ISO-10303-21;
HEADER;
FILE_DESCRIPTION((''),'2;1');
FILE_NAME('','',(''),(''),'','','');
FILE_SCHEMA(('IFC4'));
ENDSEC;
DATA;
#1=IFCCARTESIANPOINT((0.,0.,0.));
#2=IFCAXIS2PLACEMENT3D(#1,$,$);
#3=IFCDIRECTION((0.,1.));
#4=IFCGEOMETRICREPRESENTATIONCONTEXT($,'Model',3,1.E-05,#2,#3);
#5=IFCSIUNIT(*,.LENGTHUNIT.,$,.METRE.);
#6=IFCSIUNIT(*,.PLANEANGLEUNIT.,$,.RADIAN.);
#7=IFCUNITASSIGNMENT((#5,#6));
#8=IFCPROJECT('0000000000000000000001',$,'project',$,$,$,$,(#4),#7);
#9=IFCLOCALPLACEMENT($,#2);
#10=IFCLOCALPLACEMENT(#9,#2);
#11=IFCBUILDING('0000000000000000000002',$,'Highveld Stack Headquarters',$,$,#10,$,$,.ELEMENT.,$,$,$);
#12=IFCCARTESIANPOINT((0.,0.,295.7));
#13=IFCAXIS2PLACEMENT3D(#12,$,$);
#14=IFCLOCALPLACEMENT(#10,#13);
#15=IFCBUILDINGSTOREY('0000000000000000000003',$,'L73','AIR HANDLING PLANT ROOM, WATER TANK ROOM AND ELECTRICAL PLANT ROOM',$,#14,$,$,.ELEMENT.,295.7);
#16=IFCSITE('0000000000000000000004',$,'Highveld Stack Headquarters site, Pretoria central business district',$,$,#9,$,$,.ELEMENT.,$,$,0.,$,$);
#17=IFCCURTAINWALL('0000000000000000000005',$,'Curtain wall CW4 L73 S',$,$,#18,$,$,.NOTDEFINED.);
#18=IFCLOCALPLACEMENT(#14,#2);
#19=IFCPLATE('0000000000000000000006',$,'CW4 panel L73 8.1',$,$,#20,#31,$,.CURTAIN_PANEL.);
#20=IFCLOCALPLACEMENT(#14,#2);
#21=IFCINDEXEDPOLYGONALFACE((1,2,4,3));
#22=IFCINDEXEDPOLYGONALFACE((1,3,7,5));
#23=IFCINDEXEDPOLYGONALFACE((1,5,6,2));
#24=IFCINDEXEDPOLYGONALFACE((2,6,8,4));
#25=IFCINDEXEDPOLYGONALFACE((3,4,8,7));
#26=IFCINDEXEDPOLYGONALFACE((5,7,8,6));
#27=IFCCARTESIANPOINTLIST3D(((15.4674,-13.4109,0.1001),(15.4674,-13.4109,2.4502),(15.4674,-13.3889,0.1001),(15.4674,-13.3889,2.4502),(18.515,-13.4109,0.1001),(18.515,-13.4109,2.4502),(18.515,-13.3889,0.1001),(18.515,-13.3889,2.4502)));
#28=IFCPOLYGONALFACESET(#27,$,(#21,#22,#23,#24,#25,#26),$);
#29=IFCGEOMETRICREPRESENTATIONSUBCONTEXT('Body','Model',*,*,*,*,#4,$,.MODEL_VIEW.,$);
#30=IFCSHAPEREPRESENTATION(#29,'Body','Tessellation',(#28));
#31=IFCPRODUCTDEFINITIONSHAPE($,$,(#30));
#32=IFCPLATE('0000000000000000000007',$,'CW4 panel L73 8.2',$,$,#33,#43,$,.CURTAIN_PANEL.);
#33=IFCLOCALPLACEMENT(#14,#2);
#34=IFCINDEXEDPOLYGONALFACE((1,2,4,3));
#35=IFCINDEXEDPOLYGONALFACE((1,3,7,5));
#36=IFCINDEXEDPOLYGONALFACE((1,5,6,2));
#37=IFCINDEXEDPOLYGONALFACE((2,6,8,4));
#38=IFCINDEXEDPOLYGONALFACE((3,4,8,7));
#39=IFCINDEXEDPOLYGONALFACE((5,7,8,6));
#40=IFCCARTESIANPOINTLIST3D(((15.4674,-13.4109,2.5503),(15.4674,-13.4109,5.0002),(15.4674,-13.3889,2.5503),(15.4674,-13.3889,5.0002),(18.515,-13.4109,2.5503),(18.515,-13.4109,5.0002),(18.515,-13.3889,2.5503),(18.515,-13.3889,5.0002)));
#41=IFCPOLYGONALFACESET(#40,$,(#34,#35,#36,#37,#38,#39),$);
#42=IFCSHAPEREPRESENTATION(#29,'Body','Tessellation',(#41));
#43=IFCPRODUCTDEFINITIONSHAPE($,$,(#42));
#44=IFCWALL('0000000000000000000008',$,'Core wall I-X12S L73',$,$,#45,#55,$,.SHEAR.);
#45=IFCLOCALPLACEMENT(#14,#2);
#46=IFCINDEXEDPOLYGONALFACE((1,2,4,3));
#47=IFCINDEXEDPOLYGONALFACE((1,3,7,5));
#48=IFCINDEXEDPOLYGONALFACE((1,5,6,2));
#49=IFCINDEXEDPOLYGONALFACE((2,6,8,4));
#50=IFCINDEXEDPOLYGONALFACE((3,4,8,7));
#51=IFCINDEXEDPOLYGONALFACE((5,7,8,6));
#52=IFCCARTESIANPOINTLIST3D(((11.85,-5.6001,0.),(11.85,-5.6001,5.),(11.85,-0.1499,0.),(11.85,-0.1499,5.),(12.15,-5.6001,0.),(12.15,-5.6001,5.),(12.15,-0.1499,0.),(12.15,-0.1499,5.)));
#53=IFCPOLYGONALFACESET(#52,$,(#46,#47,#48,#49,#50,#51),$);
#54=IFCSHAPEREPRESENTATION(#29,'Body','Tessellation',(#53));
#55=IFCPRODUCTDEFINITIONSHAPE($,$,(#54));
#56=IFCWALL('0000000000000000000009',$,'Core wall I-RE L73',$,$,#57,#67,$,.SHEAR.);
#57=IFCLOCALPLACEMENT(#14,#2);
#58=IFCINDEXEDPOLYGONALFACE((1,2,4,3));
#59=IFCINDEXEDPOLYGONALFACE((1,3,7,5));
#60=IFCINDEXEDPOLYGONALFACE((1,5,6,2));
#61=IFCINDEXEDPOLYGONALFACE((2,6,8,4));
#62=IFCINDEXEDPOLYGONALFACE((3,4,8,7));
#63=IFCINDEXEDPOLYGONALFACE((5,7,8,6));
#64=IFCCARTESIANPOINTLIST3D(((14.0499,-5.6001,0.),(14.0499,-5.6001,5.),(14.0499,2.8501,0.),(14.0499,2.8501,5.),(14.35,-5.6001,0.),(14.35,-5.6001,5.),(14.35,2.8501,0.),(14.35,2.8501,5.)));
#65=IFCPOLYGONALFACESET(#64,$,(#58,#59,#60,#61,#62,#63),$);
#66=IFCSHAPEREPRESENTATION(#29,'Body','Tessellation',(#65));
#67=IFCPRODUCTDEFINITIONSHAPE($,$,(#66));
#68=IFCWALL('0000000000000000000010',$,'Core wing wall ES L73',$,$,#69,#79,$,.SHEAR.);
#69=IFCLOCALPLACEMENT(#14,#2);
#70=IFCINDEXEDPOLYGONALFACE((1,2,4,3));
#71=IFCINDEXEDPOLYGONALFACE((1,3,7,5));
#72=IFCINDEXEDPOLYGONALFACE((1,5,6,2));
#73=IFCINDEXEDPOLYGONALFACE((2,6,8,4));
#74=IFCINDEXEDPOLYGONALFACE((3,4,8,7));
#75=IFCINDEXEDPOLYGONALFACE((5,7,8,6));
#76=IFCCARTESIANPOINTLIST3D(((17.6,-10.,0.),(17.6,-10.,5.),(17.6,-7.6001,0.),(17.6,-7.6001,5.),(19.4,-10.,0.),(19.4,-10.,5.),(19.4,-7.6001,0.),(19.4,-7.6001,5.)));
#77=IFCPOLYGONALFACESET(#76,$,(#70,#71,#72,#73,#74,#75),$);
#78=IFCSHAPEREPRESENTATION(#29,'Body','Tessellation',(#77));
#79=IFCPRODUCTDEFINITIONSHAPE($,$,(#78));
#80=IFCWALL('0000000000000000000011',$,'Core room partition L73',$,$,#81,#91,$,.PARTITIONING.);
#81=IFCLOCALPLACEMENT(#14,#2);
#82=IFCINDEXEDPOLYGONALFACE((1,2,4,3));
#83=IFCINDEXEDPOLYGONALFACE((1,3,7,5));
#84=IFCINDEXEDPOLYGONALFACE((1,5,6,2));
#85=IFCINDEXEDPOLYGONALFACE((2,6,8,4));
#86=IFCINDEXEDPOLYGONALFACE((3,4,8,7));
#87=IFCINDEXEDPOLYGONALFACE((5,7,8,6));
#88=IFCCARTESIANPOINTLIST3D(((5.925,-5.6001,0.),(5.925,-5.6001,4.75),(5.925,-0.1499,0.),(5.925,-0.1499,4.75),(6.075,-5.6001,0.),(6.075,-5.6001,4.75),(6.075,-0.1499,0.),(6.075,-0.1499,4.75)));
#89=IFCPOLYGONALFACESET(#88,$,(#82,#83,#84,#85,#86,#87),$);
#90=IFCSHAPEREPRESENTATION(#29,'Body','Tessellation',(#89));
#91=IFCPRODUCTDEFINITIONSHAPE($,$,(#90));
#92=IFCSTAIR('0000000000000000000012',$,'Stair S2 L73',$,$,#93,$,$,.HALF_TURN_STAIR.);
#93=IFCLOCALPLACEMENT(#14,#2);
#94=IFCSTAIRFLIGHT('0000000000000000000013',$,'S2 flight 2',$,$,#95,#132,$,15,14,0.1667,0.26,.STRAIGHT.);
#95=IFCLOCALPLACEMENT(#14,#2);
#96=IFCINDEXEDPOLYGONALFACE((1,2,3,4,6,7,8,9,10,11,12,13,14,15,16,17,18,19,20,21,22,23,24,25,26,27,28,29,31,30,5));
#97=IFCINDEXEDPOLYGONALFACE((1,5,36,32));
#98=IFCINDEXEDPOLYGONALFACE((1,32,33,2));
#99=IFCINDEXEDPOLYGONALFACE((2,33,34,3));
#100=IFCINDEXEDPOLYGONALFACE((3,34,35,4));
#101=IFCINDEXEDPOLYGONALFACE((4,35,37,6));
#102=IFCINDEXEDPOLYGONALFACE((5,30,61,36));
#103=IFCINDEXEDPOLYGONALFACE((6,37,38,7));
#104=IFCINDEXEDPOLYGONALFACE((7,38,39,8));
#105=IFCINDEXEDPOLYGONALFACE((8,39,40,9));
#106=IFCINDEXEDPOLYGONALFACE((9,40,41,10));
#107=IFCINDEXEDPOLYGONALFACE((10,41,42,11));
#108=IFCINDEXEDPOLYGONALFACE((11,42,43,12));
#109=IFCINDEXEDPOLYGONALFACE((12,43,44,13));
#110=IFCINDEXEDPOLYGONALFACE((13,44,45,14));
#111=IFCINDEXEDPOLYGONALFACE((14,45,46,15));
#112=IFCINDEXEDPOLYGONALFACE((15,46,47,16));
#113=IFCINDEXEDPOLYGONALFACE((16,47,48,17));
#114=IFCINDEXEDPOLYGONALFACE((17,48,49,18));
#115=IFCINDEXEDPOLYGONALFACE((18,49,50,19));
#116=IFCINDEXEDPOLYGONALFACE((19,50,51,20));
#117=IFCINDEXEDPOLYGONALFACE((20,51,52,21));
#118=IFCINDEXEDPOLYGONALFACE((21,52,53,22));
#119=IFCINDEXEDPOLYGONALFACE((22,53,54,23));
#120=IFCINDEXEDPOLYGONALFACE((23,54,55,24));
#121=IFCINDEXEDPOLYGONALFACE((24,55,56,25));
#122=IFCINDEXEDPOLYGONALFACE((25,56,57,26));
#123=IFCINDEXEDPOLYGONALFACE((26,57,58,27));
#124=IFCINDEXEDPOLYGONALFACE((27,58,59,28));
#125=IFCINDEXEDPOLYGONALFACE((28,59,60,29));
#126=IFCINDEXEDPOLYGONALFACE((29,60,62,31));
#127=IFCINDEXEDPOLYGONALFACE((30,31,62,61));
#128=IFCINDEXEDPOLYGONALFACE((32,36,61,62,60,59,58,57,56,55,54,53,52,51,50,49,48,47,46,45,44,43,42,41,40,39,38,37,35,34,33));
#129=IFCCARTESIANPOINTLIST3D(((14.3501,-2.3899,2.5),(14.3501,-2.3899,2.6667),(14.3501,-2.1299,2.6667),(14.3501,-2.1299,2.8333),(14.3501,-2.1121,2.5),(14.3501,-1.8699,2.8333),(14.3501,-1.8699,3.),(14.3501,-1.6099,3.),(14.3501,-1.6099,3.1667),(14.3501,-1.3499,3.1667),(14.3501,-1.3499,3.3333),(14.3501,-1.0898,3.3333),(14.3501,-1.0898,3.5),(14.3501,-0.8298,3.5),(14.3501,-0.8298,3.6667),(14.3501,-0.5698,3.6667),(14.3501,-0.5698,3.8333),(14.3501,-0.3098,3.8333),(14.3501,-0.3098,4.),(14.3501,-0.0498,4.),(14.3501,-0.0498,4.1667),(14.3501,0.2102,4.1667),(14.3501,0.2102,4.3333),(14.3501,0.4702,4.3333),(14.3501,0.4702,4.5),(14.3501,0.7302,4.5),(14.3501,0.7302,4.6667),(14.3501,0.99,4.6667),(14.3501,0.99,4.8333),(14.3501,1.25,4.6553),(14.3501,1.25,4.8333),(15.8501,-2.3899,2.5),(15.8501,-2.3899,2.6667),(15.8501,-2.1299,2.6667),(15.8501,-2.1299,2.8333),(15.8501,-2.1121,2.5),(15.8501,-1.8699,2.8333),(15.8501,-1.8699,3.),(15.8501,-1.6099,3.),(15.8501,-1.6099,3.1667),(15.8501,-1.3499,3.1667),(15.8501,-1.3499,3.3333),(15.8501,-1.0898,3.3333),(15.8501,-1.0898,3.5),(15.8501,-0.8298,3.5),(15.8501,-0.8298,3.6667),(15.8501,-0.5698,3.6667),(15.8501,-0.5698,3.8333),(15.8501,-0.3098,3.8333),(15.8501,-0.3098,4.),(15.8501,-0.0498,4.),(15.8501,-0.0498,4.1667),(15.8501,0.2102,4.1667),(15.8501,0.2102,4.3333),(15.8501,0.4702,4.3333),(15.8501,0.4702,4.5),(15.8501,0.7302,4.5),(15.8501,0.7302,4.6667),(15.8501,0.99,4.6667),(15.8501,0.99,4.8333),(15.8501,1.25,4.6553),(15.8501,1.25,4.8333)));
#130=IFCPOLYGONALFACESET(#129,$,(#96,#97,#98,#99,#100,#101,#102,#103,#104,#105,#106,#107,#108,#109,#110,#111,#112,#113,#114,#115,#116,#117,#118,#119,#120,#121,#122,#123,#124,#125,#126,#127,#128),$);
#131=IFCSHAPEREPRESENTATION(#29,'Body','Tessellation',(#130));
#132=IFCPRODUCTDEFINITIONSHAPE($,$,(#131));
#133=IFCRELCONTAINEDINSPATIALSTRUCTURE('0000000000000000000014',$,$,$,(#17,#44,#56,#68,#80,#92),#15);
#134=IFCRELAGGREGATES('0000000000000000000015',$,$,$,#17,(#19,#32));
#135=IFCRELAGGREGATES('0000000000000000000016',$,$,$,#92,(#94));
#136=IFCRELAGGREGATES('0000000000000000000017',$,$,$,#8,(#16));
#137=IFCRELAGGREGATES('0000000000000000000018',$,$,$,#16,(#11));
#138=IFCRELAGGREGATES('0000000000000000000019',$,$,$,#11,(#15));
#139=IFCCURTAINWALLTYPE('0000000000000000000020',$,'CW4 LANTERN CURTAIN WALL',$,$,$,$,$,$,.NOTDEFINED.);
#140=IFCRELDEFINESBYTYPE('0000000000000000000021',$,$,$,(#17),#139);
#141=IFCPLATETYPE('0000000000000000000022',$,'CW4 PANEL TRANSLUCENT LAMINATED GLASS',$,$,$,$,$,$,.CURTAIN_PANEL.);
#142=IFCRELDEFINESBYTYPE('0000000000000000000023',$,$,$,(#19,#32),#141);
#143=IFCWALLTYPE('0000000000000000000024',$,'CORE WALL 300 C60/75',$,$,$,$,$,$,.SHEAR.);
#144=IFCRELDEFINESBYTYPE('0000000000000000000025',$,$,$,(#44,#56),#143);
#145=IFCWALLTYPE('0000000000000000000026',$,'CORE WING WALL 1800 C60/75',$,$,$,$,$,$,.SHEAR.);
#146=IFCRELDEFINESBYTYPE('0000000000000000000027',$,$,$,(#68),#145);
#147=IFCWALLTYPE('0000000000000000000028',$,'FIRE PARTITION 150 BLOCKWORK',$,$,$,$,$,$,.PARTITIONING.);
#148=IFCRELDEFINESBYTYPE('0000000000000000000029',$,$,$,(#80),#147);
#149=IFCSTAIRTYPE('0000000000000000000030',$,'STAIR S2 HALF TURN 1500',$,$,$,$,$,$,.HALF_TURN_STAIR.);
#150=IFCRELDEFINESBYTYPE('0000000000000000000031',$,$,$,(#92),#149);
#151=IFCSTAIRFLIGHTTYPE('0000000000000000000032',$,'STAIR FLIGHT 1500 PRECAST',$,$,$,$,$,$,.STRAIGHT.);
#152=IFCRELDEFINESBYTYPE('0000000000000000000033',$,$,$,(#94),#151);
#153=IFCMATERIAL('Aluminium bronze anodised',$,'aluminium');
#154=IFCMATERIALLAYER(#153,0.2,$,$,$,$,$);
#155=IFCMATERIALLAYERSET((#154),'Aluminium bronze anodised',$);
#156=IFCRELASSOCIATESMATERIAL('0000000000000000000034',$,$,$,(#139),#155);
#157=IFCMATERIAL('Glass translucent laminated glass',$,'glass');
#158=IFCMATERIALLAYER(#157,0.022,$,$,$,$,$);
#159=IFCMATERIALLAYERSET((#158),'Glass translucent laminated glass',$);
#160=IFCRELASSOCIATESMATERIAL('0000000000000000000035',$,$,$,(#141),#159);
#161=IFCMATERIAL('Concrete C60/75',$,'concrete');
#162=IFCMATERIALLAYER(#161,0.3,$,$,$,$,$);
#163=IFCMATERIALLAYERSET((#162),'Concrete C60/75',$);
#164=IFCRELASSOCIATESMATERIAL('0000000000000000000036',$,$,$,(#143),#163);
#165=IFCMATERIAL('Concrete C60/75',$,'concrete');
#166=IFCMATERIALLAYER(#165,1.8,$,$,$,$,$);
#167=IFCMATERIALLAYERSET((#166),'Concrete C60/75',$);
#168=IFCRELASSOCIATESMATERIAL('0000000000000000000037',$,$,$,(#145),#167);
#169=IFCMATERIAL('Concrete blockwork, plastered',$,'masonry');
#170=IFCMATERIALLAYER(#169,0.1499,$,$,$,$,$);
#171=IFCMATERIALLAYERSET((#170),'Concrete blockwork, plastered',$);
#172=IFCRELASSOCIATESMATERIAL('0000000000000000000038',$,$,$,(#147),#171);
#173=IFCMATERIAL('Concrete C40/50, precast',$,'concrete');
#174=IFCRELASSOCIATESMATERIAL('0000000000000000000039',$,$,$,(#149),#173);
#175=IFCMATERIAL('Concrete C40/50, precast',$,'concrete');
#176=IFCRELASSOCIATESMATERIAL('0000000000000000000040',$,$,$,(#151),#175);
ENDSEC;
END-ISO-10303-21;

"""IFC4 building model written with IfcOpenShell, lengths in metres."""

from ifc_helpers import new_model, si_unit, direction, frame, frame_2d, origin, origin_2d, place, context, subcontext, project, spatial, polyline, rectangle, outline, extrude, material, layer, layer_set, type_object, element, aggregate, save


model = new_model("IFC4")

# Units and contexts
model_context = context("Model", 3, precision=1e-05, world=origin(), true_north=direction((0.0, 1.0)))
body_context = subcontext(model_context, "Body", "Model", "MODEL_VIEW")
ifc_project = project(units=[si_unit("LENGTHUNIT", "METRE"), si_unit("PLANEANGLEUNIT", "RADIAN")], contexts=[model_context])

# Site, building, storey
site_placement = place(None, origin())
site = spatial("IfcSite", under=ifc_project, at=site_placement, Name="Highveld Stack Headquarters site, Pretoria central business district", CompositionType="ELEMENT", RefElevation=0.0)
building_placement = place(site_placement, origin())
building = spatial("IfcBuilding", under=site, at=building_placement, Name="Highveld Stack Headquarters", CompositionType="ELEMENT")
storey_placement = place(building_placement, frame((0.0, 0.0, 295.7)))
storey = spatial("IfcBuildingStorey", under=building, at=storey_placement, Name="L73", Description="AIR HANDLING PLANT ROOM, WATER TANK ROOM AND ELECTRICAL PLANT ROOM", CompositionType="ELEMENT", Elevation=295.7)

# Curtain wall
ifc_material_1 = material(Name="Aluminium bronze anodised", Category="aluminium")
ifc_layer_1 = layer(ifc_material_1, 0.2)
ifc_layer_set_1 = layer_set([ifc_layer_1], Name="Aluminium bronze anodised")
curtain_wall_type = type_object("IfcCurtainWallType", Name="CW4 LANTERN CURTAIN WALL", PredefinedType="NOTDEFINED", material=ifc_layer_set_1)
curtain_wall_1_placement = place(storey_placement, origin())
curtain_wall_1 = element("IfcCurtainWall", 1, at=curtain_wall_1_placement, inside=storey, type_object=curtain_wall_type, Name="Curtain wall CW4 L73 S", PredefinedType="NOTDEFINED")

# Plates
ifc_material_2 = material(Name="Glass translucent laminated glass", Category="glass")
ifc_layer_2 = layer(ifc_material_2, 0.022)
ifc_layer_set_2 = layer_set([ifc_layer_2], Name="Glass translucent laminated glass")
plate_type = type_object("IfcPlateType", Name="CW4 PANEL TRANSLUCENT LAMINATED GLASS", PredefinedType="CURTAIN_PANEL", material=ifc_layer_set_2)
plate_1_placement = place(storey_placement, frame((16.9912, -13.3999, 0.1001), z_axis=(0.0, 0.0, 1.0), x_axis=(1.0, 0.0, 0.0)))
plate_1 = element("IfcPlate", 2, at=plate_1_placement, type_object=plate_type, Name="CW4 panel L73 8.1", PredefinedType="CURTAIN_PANEL", context=body_context, shape_type="SweptSolid", body=[
    extrude(rectangle(XDim=3.0476, YDim=0.022, at=origin_2d()), origin(), (0.0, 0.0, 1.0), 2.3501),
])
plate_2_placement = place(storey_placement, frame((16.9912, -13.3999, 2.5503), z_axis=(0.0, 0.0, 1.0), x_axis=(1.0, 0.0, 0.0)))
plate_2 = element("IfcPlate", 3, at=plate_2_placement, type_object=plate_type, Name="CW4 panel L73 8.2", PredefinedType="CURTAIN_PANEL", context=body_context, shape_type="SweptSolid", body=[
    extrude(rectangle(XDim=3.0476, YDim=0.022, at=origin_2d()), origin(), (0.0, 0.0, 1.0), 2.45),
])
aggregate(curtain_wall_1, [plate_1, plate_2])

# Walls
ifc_material_3 = material(Name="Concrete C60/75", Category="concrete")
ifc_layer_3 = layer(ifc_material_3, 0.3)
ifc_layer_set_3 = layer_set([ifc_layer_3], Name="Concrete C60/75")
wall_type_1 = type_object("IfcWallType", Name="CORE WALL 300 C60/75", PredefinedType="SHEAR", material=ifc_layer_set_3)
wall_1_placement = place(storey_placement, frame((12.0, -5.6001, 0.0), z_axis=(0.0, 0.0, 1.0), x_axis=(0.0, 1.0, 0.0)))
element("IfcWall", 4, at=wall_1_placement, inside=storey, type_object=wall_type_1, Name="Core wall I-X12S L73", PredefinedType="SHEAR", context=body_context, shape_type="SweptSolid", body=[
    extrude(rectangle(XDim=5.4502, YDim=0.3, at=frame_2d((2.7251, 0.0))), origin(), (0.0, 0.0, 1.0), 5.0),
])
wall_2_placement = place(storey_placement, frame((14.2, -5.6001, 0.0), z_axis=(0.0, 0.0, 1.0), x_axis=(0.0, 1.0, 0.0)))
element("IfcWall", 5, at=wall_2_placement, inside=storey, type_object=wall_type_1, Name="Core wall I-RE L73", PredefinedType="SHEAR", context=body_context, shape_type="SweptSolid", body=[
    extrude(rectangle(XDim=8.4502, YDim=0.3, at=frame_2d((4.2251, 0.0))), origin(), (0.0, 0.0, 1.0), 5.0),
])
ifc_material_4 = material(Name="Concrete C60/75", Category="concrete")
ifc_layer_4 = layer(ifc_material_4, 1.8)
ifc_layer_set_4 = layer_set([ifc_layer_4], Name="Concrete C60/75")
wall_type_2 = type_object("IfcWallType", Name="CORE WING WALL 1800 C60/75", PredefinedType="SHEAR", material=ifc_layer_set_4)
wall_3_placement = place(storey_placement, frame((18.5, -10.0, 0.0), z_axis=(0.0, 0.0, 1.0), x_axis=(0.0, 1.0, 0.0)))
element("IfcWall", 6, at=wall_3_placement, inside=storey, type_object=wall_type_2, Name="Core wing wall ES L73", PredefinedType="SHEAR", context=body_context, shape_type="SweptSolid", body=[
    extrude(rectangle(XDim=2.3999, YDim=1.8, at=frame_2d((1.2, 0.0))), origin(), (0.0, 0.0, 1.0), 5.0),
])
ifc_material_5 = material(Name="Concrete blockwork, plastered", Category="masonry")
ifc_layer_5 = layer(ifc_material_5, 0.1499)
ifc_layer_set_5 = layer_set([ifc_layer_5], Name="Concrete blockwork, plastered")
wall_type_3 = type_object("IfcWallType", Name="FIRE PARTITION 150 BLOCKWORK", PredefinedType="PARTITIONING", material=ifc_layer_set_5)
wall_4_placement = place(storey_placement, frame((6.0, -5.6001, 0.0), z_axis=(0.0, 0.0, 1.0), x_axis=(0.0, 1.0, 0.0)))
element("IfcWall", 7, at=wall_4_placement, inside=storey, type_object=wall_type_3, Name="Core room partition L73", PredefinedType="PARTITIONING", context=body_context, shape_type="SweptSolid", body=[
    extrude(rectangle(XDim=5.4502, YDim=0.1499, at=frame_2d((2.7251, 0.0))), origin(), (0.0, 0.0, 1.0), 4.75),
])

# Stair, stair flight
ifc_material_6 = material(Name="Concrete C40/50, precast", Category="concrete")
stair_type = type_object("IfcStairType", Name="STAIR S2 HALF TURN 1500", PredefinedType="HALF_TURN_STAIR", material=ifc_material_6)
stair_placement = place(storey_placement, origin())
stair = element("IfcStair", 8, at=stair_placement, inside=storey, type_object=stair_type, Name="Stair S2 L73", PredefinedType="HALF_TURN_STAIR")
ifc_material_7 = material(Name="Concrete C40/50, precast", Category="concrete")
stair_flight_type = type_object("IfcStairFlightType", Name="STAIR FLIGHT 1500 PRECAST", PredefinedType="STRAIGHT", material=ifc_material_7)
stair_flight_placement = place(storey_placement, frame((15.1001, -2.3899, 2.5), z_axis=(0.0, 0.0, 1.0), x_axis=(0.0, 1.0, 0.0)))
stair_flight = element("IfcStairFlight", 9, at=stair_flight_placement, type_object=stair_flight_type, Name="S2 flight 2", NumberOfRisers=15, NumberOfTreads=14, PredefinedType="STRAIGHT", RiserHeight=0.1667, TreadLength=0.26, context=body_context, shape_type="SweptSolid", body=[
    extrude(outline(polyline([(0.0, 0.0), (0.0, 0.1667), (0.26, 0.1667), (0.26, 0.3333), (0.52, 0.3333), (0.52, 0.5), (0.78, 0.5), (0.78, 0.6667), (1.04, 0.6667), (1.04, 0.8333), (1.3, 0.8333), (1.3, 1.0), (1.5601, 1.0), (1.5601, 1.1667), (1.8201, 1.1667), (1.8201, 1.3333), (2.0801, 1.3333), (2.0801, 1.5), (2.3401, 1.5), (2.3401, 1.6667), (2.6001, 1.6667), (2.6001, 1.8333), (2.8601, 1.8333), (2.8601, 2.0), (3.1201, 2.0), (3.1201, 2.1667), (3.3799, 2.1667), (3.3799, 2.3333), (3.6399, 2.3333), (3.6399, 2.5), (3.6399, 2.1553), (0.2778, 0.0), (0.0, 0.0)])), frame((0.0, 0.75, 0.0), z_axis=(0.0, -1.0, 0.0), x_axis=(1.0, 0.0, 0.0)), (0.0, 0.0, 1.0), 1.5),
])
aggregate(stair, [stair_flight])

save(model, "model.ifc")
